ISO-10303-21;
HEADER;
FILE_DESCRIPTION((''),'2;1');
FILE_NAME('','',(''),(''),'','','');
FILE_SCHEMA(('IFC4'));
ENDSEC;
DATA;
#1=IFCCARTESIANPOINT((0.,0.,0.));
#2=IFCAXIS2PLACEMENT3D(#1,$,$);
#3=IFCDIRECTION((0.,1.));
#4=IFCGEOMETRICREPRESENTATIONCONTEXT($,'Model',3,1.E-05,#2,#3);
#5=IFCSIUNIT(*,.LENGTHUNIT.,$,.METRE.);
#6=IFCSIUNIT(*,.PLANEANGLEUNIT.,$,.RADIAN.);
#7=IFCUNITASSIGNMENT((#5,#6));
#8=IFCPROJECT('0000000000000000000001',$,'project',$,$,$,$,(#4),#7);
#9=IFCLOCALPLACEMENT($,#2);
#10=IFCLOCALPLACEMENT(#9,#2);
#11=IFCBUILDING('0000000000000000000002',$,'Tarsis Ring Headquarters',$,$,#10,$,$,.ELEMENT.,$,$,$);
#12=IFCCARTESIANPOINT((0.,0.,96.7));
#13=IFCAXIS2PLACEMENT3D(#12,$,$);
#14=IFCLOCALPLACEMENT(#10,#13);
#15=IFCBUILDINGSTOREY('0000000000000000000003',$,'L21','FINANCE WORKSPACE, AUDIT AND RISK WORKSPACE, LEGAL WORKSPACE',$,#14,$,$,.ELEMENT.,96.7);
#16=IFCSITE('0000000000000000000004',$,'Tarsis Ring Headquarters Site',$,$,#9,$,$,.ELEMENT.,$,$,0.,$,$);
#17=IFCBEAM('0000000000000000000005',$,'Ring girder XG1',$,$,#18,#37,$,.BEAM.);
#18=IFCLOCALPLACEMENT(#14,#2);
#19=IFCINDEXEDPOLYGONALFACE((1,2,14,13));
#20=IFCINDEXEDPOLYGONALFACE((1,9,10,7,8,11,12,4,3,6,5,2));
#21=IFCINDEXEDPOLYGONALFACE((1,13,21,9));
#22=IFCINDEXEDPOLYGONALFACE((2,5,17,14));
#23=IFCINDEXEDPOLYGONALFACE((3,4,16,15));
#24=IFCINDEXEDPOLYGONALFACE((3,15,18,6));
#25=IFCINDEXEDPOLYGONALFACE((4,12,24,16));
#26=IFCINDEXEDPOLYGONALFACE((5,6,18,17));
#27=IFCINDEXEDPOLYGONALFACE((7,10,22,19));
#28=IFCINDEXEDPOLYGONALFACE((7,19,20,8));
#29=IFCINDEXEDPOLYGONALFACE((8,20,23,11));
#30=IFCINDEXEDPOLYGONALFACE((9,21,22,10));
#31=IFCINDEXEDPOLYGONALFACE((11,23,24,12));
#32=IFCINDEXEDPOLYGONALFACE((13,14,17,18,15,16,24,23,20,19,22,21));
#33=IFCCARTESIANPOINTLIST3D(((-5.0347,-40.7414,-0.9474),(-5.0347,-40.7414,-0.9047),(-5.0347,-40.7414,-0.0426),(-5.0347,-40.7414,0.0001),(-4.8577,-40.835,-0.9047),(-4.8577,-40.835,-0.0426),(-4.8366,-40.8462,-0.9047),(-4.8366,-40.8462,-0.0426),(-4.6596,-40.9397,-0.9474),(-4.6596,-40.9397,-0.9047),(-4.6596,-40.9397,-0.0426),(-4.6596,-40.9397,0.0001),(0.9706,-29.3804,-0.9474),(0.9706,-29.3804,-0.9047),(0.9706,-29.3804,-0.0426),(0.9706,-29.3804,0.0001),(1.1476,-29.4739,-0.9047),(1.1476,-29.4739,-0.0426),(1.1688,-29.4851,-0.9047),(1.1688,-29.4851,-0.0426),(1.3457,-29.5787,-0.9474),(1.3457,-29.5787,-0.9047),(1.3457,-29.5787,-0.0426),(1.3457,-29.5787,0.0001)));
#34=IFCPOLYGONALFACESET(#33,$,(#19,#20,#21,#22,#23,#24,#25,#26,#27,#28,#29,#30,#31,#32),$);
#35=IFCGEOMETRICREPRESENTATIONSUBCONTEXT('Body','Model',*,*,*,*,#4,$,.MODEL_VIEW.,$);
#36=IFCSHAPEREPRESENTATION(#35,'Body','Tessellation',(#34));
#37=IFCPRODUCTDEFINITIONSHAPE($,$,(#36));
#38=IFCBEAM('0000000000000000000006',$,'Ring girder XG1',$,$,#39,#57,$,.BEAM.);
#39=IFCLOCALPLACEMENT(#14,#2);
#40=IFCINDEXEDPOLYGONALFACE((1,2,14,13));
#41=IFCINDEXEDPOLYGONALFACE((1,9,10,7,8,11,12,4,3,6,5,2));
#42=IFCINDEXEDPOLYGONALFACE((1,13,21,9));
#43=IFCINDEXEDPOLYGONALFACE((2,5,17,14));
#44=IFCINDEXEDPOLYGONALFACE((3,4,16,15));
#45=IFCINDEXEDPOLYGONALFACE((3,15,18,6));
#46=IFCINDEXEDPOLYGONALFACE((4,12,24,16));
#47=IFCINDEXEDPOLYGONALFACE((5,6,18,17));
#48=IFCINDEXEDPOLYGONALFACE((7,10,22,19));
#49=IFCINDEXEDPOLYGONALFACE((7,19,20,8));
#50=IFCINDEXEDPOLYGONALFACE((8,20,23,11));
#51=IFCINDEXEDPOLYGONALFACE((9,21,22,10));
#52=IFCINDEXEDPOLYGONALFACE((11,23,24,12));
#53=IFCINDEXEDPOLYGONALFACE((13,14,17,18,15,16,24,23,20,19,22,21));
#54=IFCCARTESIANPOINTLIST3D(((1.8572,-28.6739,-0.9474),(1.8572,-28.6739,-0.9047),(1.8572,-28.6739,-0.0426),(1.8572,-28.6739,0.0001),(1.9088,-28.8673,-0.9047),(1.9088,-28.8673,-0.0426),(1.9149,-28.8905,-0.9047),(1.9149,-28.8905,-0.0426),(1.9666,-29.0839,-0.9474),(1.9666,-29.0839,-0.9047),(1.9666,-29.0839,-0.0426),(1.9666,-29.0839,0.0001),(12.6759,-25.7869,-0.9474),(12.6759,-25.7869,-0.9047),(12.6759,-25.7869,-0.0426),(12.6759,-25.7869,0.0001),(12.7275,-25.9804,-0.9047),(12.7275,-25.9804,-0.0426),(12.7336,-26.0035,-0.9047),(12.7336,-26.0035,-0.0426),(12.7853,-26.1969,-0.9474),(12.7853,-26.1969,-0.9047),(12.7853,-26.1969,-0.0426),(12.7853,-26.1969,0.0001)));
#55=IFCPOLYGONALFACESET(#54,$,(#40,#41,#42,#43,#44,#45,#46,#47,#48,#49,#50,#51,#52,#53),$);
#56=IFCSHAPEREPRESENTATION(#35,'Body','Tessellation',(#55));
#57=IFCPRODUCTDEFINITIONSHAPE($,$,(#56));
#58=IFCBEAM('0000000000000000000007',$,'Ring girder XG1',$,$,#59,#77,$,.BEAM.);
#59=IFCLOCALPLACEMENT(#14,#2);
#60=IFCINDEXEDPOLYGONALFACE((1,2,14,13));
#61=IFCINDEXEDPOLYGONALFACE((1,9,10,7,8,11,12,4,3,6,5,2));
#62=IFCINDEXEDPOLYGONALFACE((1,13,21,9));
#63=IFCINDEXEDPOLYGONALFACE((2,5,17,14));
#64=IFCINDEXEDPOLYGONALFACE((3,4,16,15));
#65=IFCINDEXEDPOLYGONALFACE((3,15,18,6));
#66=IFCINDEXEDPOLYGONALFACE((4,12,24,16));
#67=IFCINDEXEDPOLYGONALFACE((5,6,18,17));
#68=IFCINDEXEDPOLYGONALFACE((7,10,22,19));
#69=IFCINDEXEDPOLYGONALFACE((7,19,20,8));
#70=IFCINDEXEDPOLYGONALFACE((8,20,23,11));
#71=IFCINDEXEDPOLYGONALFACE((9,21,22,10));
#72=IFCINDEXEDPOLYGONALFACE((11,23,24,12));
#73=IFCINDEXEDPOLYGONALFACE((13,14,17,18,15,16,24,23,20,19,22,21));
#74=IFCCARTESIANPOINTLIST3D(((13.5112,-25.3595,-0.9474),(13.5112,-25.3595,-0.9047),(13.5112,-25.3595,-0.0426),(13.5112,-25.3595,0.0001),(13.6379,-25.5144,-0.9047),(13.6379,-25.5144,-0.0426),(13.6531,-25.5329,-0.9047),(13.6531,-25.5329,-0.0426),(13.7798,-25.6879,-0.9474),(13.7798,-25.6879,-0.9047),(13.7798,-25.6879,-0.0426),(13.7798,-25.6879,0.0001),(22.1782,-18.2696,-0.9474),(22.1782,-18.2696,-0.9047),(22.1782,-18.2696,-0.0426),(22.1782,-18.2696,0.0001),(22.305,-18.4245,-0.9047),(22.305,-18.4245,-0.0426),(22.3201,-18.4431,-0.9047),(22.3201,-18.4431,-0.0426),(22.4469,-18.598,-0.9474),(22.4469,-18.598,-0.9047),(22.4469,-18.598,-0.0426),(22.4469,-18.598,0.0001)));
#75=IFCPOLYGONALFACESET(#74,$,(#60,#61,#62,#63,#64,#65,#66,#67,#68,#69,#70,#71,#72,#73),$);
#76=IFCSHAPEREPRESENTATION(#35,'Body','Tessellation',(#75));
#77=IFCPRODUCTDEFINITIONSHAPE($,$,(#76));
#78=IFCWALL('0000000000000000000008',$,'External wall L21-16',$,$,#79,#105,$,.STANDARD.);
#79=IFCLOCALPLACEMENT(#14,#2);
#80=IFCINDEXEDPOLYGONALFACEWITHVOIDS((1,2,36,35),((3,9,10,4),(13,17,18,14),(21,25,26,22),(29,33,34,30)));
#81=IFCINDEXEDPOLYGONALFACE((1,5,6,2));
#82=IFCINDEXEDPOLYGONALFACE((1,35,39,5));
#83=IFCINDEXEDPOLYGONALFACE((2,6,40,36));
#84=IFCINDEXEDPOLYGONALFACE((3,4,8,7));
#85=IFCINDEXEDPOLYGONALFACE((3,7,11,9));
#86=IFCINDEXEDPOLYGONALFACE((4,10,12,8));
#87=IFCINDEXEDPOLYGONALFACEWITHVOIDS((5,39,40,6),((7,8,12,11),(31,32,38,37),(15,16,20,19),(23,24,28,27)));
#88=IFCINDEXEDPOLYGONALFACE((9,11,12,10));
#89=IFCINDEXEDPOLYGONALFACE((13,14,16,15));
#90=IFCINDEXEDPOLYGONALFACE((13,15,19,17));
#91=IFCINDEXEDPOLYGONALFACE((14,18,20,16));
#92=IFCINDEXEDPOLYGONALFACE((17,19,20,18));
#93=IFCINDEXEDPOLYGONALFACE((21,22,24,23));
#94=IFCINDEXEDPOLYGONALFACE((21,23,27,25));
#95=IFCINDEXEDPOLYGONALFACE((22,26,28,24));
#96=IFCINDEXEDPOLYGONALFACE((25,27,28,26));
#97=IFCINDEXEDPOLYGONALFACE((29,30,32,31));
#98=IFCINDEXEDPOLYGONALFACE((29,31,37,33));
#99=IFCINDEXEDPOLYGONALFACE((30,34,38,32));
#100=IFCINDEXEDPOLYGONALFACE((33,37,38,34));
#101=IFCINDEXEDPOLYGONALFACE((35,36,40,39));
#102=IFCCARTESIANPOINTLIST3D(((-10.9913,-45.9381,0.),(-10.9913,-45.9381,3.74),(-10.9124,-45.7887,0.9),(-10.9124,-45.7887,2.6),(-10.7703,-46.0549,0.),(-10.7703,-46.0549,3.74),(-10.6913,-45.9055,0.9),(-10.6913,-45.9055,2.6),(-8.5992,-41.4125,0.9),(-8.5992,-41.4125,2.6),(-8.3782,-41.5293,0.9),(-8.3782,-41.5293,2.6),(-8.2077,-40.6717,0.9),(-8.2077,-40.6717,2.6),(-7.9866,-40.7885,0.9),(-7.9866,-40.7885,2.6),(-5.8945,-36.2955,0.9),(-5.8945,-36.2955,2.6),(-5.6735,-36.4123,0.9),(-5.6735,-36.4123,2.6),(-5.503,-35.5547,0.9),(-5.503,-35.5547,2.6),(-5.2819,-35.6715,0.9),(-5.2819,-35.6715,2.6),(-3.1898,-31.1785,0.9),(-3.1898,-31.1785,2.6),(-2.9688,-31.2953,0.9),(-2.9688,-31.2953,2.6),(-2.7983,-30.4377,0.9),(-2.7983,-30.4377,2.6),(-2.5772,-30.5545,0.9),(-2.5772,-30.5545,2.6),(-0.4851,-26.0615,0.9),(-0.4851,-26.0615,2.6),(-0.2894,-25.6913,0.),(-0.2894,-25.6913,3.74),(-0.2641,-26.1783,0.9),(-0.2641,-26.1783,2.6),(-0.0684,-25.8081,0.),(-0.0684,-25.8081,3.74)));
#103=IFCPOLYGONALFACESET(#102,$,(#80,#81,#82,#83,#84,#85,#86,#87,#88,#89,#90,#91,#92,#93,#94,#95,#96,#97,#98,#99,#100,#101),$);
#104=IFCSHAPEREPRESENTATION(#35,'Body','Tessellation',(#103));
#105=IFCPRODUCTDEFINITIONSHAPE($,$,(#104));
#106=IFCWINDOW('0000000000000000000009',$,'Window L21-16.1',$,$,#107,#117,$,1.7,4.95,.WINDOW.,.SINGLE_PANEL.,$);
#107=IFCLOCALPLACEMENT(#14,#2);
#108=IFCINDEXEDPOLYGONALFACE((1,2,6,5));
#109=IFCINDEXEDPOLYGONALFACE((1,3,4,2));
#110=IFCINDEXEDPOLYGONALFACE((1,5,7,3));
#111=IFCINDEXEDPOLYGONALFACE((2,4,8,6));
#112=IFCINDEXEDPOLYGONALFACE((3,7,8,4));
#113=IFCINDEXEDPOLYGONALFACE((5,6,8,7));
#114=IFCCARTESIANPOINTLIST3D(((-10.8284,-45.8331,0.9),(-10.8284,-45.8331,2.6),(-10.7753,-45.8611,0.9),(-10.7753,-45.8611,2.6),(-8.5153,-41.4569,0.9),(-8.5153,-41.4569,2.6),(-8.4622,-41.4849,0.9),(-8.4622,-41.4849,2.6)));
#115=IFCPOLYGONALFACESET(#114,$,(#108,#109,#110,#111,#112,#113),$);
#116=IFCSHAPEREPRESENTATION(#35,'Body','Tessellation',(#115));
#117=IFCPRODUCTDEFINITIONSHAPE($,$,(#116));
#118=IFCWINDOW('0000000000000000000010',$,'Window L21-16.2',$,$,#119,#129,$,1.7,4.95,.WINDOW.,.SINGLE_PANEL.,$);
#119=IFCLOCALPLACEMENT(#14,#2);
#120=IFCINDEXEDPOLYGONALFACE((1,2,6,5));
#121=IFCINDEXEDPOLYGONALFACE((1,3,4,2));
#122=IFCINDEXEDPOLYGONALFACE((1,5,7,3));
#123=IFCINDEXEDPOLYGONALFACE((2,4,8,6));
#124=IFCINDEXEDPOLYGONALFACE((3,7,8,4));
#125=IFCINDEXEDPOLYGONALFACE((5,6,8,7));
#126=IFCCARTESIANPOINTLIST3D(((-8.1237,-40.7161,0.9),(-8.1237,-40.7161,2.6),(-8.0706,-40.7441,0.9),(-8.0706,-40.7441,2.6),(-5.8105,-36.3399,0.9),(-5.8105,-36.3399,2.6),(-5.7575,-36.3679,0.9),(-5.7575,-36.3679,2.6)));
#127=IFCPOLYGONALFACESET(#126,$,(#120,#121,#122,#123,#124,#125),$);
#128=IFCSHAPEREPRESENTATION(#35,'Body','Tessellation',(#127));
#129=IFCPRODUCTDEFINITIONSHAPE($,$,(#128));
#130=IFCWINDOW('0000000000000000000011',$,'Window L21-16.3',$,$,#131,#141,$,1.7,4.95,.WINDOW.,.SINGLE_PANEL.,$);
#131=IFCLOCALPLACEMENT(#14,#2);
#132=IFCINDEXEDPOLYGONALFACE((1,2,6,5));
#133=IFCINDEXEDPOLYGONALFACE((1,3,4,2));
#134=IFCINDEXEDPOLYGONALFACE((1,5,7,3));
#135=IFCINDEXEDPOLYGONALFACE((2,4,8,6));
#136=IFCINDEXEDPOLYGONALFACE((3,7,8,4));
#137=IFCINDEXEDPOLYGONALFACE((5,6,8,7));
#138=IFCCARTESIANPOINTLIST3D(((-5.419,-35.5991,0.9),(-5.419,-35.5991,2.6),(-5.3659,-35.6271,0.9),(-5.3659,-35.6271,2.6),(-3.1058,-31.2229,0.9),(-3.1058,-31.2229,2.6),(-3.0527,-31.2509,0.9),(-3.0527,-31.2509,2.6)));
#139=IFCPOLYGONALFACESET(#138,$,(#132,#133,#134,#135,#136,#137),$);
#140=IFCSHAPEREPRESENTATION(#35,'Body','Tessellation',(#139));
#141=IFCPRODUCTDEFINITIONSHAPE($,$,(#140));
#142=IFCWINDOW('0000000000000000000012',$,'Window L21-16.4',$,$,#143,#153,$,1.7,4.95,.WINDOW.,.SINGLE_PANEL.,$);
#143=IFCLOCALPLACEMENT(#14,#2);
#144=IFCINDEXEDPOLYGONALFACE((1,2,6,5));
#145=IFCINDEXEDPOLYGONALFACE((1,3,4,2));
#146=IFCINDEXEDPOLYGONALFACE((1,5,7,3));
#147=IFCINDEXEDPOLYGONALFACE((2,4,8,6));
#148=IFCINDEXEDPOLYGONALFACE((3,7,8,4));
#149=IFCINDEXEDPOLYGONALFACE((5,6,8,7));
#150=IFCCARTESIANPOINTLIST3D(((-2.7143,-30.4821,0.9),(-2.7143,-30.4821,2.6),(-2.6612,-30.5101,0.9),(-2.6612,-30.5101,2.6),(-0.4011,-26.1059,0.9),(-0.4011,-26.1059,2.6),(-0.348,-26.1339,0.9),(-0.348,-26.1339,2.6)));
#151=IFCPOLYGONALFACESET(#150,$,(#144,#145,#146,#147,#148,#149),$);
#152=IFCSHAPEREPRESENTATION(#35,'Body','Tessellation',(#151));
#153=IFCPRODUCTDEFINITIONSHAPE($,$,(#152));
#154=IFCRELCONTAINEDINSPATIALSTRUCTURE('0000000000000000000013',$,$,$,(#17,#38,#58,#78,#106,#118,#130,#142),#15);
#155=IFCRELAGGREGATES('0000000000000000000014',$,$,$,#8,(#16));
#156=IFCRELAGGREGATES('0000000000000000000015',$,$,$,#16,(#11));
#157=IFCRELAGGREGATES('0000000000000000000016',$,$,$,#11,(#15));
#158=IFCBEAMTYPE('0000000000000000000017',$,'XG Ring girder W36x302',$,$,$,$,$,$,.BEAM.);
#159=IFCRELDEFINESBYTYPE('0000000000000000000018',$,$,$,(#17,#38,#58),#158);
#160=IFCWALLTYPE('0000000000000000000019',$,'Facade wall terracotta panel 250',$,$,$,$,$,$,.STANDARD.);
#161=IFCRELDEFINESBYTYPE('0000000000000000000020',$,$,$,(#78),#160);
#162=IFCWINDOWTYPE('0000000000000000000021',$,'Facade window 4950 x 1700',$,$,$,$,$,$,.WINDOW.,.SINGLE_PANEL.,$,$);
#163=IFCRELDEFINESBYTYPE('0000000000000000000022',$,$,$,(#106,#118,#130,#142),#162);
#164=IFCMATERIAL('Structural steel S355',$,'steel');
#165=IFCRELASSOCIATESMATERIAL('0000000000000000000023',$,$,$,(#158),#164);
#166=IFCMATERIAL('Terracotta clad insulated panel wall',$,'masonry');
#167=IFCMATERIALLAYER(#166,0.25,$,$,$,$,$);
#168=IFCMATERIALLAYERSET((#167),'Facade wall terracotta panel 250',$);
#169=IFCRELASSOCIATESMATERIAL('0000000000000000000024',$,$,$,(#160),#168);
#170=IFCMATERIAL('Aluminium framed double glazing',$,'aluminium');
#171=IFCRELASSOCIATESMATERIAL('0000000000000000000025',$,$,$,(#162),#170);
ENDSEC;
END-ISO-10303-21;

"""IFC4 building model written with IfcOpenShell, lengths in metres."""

from ifc_helpers import new_model, si_unit, direction, frame, frame_2d, origin, origin_2d, place, context, subcontext, project, spatial, rectangle, i_section, extrude, material, layer, layer_set, material_profile, profile_set, type_object, element, fill, save


model = new_model("IFC4")

# Units and contexts
model_context = context("Model", 3, precision=1e-05, world=origin(), true_north=direction((0.0, 1.0)))
body_context = subcontext(model_context, "Body", "Model", "MODEL_VIEW")
ifc_project = project(units=[si_unit("LENGTHUNIT", "METRE"), si_unit("PLANEANGLEUNIT", "RADIAN")], contexts=[model_context])

# Site, building, storey
site_placement = place(None, origin())
site = spatial("IfcSite", under=ifc_project, at=site_placement, Name="Tarsis Ring Headquarters Site", CompositionType="ELEMENT", RefElevation=0.0)
building_placement = place(site_placement, origin())
building = spatial("IfcBuilding", under=site, at=building_placement, Name="Tarsis Ring Headquarters", CompositionType="ELEMENT")
storey_placement = place(building_placement, frame((0.0, 0.0, 96.7)))
storey = spatial("IfcBuildingStorey", under=building, at=storey_placement, Name="L21", Description="FINANCE WORKSPACE, AUDIT AND RISK WORKSPACE, LEGAL WORKSPACE", CompositionType="ELEMENT", Elevation=96.7)

# Shared definitions
ifc_material_1 = material(Name="Structural steel S355", Category="steel")

# Beams
ifc_material_profile_1 = material_profile(ifc_material_1, i_section(OverallWidth=0.4243, OverallDepth=0.9475, WebThickness=0.0239, FlangeThickness=0.0427, at=origin_2d()), Name="W36x302")
ifc_profile_set_1 = profile_set([ifc_material_profile_1], Name="Structural steel S355")
beam_type = type_object("IfcBeamType", Name="XG Ring girder W36x302", PredefinedType="BEAM", material=ifc_profile_set_1)
for number, where, z_axis, x_axis, name in (
    (1, (-4.8472, -40.8406, -0.4736), (0.467321, 0.884088, 0.0), (-0.884088, 0.467321, 0.0), "Ring girder XG1"),
):
    element("IfcBeam", number, at=place(storey_placement, frame(where, z_axis=z_axis, x_axis=x_axis)), inside=storey, type_object=beam_type, Name=name, PredefinedType="BEAM", context=body_context, shape_type="SweptSolid", body=[
        extrude(i_section(OverallWidth=0.4243, OverallDepth=0.9475, WebThickness=0.0239, FlangeThickness=0.0427, at=origin_2d()), origin(), (0.0, 0.0, 1.0), 12.8506),
    ])
beam_1_placement = place(storey_placement, frame((1.9119, -28.8789, -0.4736), z_axis=(0.96619, 0.25783, 0.0), x_axis=(-0.25783, 0.96619, 0.0)))
element("IfcBeam", 2, at=beam_1_placement, inside=storey, type_object=beam_type, Name="Ring girder XG1", PredefinedType="BEAM", context=body_context, shape_type="SweptSolid", body=[
    extrude(i_section(OverallWidth=0.4243, OverallDepth=0.9475, WebThickness=0.0239, FlangeThickness=0.0427, at=origin_2d()), origin(), (0.0, 0.0, 1.0), 11.1973),
])
beam_2_placement = place(storey_placement, frame((13.6455, -25.5237, -0.4736), z_axis=(0.774016, 0.633167, 0.0), x_axis=(-0.633167, 0.774016, 0.0)))
element("IfcBeam", 3, at=beam_2_placement, inside=storey, type_object=beam_type, Name="Ring girder XG1", PredefinedType="BEAM", context=body_context, shape_type="SweptSolid", body=[
    extrude(i_section(OverallWidth=0.4243, OverallDepth=0.9475, WebThickness=0.0239, FlangeThickness=0.0427, at=origin_2d()), origin(), (0.0, 0.0, 1.0), 11.1975),
])

# Wall, openings, windows
ifc_material_2 = material(Name="Terracotta clad insulated panel wall", Category="masonry")
ifc_layer = layer(ifc_material_2, 0.25)
ifc_layer_set = layer_set([ifc_layer], Name="Facade wall terracotta panel 250")
wall_type = type_object("IfcWallType", Name="Facade wall terracotta panel 250", PredefinedType="STANDARD", material=ifc_layer_set)
wall_1_placement = place(storey_placement, frame((-10.8809, -45.9966, 0.0), z_axis=(0.0, 0.0, 1.0), x_axis=(0.467308, 0.884095, 0.0)))
wall_1 = element("IfcWall", 4, at=wall_1_placement, inside=storey, type_object=wall_type, Name="External wall L21-16", PredefinedType="STANDARD", context=body_context, shape_type="SweptSolid", body=[
    extrude(rectangle(XDim=22.9011, YDim=0.25, at=frame_2d((11.4507, 0.0))), origin(), (0.0, 0.0, 1.0), 3.74),
])
opening_1_placement = place(wall_1_placement, frame((0.1689, 0.0, 0.8999)))
opening_1 = element("IfcOpeningElement", 5, at=opening_1_placement, cuts=wall_1, PredefinedType="OPENING", context=body_context, shape_type="SweptSolid", body=[
    extrude(rectangle(XDim=4.95, YDim=1.7, at=frame_2d((2.4751, 0.8501))), frame((0.0, 0.135, 0.0), z_axis=(0.0, -1.0, 0.0), x_axis=(1.0, 0.0, 0.0)), (0.0, 0.0, 1.0), 0.27),
])
opening_2_placement = place(wall_1_placement, frame((5.9568, 0.0, 0.8999)))
opening_2 = element("IfcOpeningElement", 6, at=opening_2_placement, cuts=wall_1, PredefinedType="OPENING", context=body_context, shape_type="SweptSolid", body=[
    extrude(rectangle(XDim=4.95, YDim=1.7, at=frame_2d((2.4751, 0.8501))), frame((0.0, 0.135, 0.0), z_axis=(0.0, -1.0, 0.0), x_axis=(1.0, 0.0, 0.0)), (0.0, 0.0, 1.0), 0.27),
])
opening_3_placement = place(wall_1_placement, frame((11.7446, 0.0, 0.8999)))
opening_3 = element("IfcOpeningElement", 7, at=opening_3_placement, cuts=wall_1, PredefinedType="OPENING", context=body_context, shape_type="SweptSolid", body=[
    extrude(rectangle(XDim=4.95, YDim=1.7, at=frame_2d((2.4751, 0.8501))), frame((0.0, 0.135, 0.0), z_axis=(0.0, -1.0, 0.0), x_axis=(1.0, 0.0, 0.0)), (0.0, 0.0, 1.0), 0.27),
])
opening_4_placement = place(wall_1_placement, frame((17.5325, 0.0, 0.8999)))
opening_4 = element("IfcOpeningElement", 8, at=opening_4_placement, cuts=wall_1, PredefinedType="OPENING", context=body_context, shape_type="SweptSolid", body=[
    extrude(rectangle(XDim=4.95, YDim=1.7, at=frame_2d((2.4751, 0.8501))), frame((0.0, 0.135, 0.0), z_axis=(0.0, -1.0, 0.0), x_axis=(1.0, 0.0, 0.0)), (0.0, 0.0, 1.0), 0.27),
])
ifc_material_3 = material(Name="Aluminium framed double glazing", Category="aluminium")
window_type_1 = type_object("IfcWindowType", Name="Facade window 4950 x 1700", PartitioningType="SINGLE_PANEL", PredefinedType="WINDOW", material=ifc_material_3)
window_1_placement = place(opening_1_placement, origin())
window_1 = element("IfcWindow", 9, at=window_1_placement, inside=storey, type_object=window_type_1, Name="Window L21-16.1", OverallHeight=1.7, OverallWidth=4.95, PartitioningType="SINGLE_PANEL", PredefinedType="WINDOW", context=body_context, shape_type="SweptSolid", body=[
    extrude(rectangle(XDim=4.95, YDim=1.7, at=frame_2d((2.4751, 0.8501))), frame((0.0, 0.03, 0.0), z_axis=(0.0, -1.0, 0.0), x_axis=(1.0, 0.0, 0.0)), (0.0, 0.0, 1.0), 0.0601),
])
fill(opening_1, window_1)
window_2_placement = place(opening_2_placement, origin())
window_2 = element("IfcWindow", 10, at=window_2_placement, inside=storey, type_object=window_type_1, Name="Window L21-16.2", OverallHeight=1.7, OverallWidth=4.95, PartitioningType="SINGLE_PANEL", PredefinedType="WINDOW", context=body_context, shape_type="SweptSolid", body=[
    extrude(rectangle(XDim=4.95, YDim=1.7, at=frame_2d((2.4751, 0.8501))), frame((0.0, 0.03, 0.0), z_axis=(0.0, -1.0, 0.0), x_axis=(1.0, 0.0, 0.0)), (0.0, 0.0, 1.0), 0.0601),
])
fill(opening_2, window_2)
window_3_placement = place(opening_3_placement, origin())
window_3 = element("IfcWindow", 11, at=window_3_placement, inside=storey, type_object=window_type_1, Name="Window L21-16.3", OverallHeight=1.7, OverallWidth=4.95, PartitioningType="SINGLE_PANEL", PredefinedType="WINDOW", context=body_context, shape_type="SweptSolid", body=[
    extrude(rectangle(XDim=4.95, YDim=1.7, at=frame_2d((2.4751, 0.8501))), frame((0.0, 0.03, 0.0), z_axis=(0.0, -1.0, 0.0), x_axis=(1.0, 0.0, 0.0)), (0.0, 0.0, 1.0), 0.0601),
])
fill(opening_3, window_3)
window_4_placement = place(opening_4_placement, origin())
window_4 = element("IfcWindow", 12, at=window_4_placement, inside=storey, type_object=window_type_1, Name="Window L21-16.4", OverallHeight=1.7, OverallWidth=4.95, PartitioningType="SINGLE_PANEL", PredefinedType="WINDOW", context=body_context, shape_type="SweptSolid", body=[
    extrude(rectangle(XDim=4.95, YDim=1.7, at=frame_2d((2.4751, 0.8501))), frame((0.0, 0.03, 0.0), z_axis=(0.0, -1.0, 0.0), x_axis=(1.0, 0.0, 0.0)), (0.0, 0.0, 1.0), 0.0601),
])
fill(opening_4, window_4)

save(model, "model.ifc")
